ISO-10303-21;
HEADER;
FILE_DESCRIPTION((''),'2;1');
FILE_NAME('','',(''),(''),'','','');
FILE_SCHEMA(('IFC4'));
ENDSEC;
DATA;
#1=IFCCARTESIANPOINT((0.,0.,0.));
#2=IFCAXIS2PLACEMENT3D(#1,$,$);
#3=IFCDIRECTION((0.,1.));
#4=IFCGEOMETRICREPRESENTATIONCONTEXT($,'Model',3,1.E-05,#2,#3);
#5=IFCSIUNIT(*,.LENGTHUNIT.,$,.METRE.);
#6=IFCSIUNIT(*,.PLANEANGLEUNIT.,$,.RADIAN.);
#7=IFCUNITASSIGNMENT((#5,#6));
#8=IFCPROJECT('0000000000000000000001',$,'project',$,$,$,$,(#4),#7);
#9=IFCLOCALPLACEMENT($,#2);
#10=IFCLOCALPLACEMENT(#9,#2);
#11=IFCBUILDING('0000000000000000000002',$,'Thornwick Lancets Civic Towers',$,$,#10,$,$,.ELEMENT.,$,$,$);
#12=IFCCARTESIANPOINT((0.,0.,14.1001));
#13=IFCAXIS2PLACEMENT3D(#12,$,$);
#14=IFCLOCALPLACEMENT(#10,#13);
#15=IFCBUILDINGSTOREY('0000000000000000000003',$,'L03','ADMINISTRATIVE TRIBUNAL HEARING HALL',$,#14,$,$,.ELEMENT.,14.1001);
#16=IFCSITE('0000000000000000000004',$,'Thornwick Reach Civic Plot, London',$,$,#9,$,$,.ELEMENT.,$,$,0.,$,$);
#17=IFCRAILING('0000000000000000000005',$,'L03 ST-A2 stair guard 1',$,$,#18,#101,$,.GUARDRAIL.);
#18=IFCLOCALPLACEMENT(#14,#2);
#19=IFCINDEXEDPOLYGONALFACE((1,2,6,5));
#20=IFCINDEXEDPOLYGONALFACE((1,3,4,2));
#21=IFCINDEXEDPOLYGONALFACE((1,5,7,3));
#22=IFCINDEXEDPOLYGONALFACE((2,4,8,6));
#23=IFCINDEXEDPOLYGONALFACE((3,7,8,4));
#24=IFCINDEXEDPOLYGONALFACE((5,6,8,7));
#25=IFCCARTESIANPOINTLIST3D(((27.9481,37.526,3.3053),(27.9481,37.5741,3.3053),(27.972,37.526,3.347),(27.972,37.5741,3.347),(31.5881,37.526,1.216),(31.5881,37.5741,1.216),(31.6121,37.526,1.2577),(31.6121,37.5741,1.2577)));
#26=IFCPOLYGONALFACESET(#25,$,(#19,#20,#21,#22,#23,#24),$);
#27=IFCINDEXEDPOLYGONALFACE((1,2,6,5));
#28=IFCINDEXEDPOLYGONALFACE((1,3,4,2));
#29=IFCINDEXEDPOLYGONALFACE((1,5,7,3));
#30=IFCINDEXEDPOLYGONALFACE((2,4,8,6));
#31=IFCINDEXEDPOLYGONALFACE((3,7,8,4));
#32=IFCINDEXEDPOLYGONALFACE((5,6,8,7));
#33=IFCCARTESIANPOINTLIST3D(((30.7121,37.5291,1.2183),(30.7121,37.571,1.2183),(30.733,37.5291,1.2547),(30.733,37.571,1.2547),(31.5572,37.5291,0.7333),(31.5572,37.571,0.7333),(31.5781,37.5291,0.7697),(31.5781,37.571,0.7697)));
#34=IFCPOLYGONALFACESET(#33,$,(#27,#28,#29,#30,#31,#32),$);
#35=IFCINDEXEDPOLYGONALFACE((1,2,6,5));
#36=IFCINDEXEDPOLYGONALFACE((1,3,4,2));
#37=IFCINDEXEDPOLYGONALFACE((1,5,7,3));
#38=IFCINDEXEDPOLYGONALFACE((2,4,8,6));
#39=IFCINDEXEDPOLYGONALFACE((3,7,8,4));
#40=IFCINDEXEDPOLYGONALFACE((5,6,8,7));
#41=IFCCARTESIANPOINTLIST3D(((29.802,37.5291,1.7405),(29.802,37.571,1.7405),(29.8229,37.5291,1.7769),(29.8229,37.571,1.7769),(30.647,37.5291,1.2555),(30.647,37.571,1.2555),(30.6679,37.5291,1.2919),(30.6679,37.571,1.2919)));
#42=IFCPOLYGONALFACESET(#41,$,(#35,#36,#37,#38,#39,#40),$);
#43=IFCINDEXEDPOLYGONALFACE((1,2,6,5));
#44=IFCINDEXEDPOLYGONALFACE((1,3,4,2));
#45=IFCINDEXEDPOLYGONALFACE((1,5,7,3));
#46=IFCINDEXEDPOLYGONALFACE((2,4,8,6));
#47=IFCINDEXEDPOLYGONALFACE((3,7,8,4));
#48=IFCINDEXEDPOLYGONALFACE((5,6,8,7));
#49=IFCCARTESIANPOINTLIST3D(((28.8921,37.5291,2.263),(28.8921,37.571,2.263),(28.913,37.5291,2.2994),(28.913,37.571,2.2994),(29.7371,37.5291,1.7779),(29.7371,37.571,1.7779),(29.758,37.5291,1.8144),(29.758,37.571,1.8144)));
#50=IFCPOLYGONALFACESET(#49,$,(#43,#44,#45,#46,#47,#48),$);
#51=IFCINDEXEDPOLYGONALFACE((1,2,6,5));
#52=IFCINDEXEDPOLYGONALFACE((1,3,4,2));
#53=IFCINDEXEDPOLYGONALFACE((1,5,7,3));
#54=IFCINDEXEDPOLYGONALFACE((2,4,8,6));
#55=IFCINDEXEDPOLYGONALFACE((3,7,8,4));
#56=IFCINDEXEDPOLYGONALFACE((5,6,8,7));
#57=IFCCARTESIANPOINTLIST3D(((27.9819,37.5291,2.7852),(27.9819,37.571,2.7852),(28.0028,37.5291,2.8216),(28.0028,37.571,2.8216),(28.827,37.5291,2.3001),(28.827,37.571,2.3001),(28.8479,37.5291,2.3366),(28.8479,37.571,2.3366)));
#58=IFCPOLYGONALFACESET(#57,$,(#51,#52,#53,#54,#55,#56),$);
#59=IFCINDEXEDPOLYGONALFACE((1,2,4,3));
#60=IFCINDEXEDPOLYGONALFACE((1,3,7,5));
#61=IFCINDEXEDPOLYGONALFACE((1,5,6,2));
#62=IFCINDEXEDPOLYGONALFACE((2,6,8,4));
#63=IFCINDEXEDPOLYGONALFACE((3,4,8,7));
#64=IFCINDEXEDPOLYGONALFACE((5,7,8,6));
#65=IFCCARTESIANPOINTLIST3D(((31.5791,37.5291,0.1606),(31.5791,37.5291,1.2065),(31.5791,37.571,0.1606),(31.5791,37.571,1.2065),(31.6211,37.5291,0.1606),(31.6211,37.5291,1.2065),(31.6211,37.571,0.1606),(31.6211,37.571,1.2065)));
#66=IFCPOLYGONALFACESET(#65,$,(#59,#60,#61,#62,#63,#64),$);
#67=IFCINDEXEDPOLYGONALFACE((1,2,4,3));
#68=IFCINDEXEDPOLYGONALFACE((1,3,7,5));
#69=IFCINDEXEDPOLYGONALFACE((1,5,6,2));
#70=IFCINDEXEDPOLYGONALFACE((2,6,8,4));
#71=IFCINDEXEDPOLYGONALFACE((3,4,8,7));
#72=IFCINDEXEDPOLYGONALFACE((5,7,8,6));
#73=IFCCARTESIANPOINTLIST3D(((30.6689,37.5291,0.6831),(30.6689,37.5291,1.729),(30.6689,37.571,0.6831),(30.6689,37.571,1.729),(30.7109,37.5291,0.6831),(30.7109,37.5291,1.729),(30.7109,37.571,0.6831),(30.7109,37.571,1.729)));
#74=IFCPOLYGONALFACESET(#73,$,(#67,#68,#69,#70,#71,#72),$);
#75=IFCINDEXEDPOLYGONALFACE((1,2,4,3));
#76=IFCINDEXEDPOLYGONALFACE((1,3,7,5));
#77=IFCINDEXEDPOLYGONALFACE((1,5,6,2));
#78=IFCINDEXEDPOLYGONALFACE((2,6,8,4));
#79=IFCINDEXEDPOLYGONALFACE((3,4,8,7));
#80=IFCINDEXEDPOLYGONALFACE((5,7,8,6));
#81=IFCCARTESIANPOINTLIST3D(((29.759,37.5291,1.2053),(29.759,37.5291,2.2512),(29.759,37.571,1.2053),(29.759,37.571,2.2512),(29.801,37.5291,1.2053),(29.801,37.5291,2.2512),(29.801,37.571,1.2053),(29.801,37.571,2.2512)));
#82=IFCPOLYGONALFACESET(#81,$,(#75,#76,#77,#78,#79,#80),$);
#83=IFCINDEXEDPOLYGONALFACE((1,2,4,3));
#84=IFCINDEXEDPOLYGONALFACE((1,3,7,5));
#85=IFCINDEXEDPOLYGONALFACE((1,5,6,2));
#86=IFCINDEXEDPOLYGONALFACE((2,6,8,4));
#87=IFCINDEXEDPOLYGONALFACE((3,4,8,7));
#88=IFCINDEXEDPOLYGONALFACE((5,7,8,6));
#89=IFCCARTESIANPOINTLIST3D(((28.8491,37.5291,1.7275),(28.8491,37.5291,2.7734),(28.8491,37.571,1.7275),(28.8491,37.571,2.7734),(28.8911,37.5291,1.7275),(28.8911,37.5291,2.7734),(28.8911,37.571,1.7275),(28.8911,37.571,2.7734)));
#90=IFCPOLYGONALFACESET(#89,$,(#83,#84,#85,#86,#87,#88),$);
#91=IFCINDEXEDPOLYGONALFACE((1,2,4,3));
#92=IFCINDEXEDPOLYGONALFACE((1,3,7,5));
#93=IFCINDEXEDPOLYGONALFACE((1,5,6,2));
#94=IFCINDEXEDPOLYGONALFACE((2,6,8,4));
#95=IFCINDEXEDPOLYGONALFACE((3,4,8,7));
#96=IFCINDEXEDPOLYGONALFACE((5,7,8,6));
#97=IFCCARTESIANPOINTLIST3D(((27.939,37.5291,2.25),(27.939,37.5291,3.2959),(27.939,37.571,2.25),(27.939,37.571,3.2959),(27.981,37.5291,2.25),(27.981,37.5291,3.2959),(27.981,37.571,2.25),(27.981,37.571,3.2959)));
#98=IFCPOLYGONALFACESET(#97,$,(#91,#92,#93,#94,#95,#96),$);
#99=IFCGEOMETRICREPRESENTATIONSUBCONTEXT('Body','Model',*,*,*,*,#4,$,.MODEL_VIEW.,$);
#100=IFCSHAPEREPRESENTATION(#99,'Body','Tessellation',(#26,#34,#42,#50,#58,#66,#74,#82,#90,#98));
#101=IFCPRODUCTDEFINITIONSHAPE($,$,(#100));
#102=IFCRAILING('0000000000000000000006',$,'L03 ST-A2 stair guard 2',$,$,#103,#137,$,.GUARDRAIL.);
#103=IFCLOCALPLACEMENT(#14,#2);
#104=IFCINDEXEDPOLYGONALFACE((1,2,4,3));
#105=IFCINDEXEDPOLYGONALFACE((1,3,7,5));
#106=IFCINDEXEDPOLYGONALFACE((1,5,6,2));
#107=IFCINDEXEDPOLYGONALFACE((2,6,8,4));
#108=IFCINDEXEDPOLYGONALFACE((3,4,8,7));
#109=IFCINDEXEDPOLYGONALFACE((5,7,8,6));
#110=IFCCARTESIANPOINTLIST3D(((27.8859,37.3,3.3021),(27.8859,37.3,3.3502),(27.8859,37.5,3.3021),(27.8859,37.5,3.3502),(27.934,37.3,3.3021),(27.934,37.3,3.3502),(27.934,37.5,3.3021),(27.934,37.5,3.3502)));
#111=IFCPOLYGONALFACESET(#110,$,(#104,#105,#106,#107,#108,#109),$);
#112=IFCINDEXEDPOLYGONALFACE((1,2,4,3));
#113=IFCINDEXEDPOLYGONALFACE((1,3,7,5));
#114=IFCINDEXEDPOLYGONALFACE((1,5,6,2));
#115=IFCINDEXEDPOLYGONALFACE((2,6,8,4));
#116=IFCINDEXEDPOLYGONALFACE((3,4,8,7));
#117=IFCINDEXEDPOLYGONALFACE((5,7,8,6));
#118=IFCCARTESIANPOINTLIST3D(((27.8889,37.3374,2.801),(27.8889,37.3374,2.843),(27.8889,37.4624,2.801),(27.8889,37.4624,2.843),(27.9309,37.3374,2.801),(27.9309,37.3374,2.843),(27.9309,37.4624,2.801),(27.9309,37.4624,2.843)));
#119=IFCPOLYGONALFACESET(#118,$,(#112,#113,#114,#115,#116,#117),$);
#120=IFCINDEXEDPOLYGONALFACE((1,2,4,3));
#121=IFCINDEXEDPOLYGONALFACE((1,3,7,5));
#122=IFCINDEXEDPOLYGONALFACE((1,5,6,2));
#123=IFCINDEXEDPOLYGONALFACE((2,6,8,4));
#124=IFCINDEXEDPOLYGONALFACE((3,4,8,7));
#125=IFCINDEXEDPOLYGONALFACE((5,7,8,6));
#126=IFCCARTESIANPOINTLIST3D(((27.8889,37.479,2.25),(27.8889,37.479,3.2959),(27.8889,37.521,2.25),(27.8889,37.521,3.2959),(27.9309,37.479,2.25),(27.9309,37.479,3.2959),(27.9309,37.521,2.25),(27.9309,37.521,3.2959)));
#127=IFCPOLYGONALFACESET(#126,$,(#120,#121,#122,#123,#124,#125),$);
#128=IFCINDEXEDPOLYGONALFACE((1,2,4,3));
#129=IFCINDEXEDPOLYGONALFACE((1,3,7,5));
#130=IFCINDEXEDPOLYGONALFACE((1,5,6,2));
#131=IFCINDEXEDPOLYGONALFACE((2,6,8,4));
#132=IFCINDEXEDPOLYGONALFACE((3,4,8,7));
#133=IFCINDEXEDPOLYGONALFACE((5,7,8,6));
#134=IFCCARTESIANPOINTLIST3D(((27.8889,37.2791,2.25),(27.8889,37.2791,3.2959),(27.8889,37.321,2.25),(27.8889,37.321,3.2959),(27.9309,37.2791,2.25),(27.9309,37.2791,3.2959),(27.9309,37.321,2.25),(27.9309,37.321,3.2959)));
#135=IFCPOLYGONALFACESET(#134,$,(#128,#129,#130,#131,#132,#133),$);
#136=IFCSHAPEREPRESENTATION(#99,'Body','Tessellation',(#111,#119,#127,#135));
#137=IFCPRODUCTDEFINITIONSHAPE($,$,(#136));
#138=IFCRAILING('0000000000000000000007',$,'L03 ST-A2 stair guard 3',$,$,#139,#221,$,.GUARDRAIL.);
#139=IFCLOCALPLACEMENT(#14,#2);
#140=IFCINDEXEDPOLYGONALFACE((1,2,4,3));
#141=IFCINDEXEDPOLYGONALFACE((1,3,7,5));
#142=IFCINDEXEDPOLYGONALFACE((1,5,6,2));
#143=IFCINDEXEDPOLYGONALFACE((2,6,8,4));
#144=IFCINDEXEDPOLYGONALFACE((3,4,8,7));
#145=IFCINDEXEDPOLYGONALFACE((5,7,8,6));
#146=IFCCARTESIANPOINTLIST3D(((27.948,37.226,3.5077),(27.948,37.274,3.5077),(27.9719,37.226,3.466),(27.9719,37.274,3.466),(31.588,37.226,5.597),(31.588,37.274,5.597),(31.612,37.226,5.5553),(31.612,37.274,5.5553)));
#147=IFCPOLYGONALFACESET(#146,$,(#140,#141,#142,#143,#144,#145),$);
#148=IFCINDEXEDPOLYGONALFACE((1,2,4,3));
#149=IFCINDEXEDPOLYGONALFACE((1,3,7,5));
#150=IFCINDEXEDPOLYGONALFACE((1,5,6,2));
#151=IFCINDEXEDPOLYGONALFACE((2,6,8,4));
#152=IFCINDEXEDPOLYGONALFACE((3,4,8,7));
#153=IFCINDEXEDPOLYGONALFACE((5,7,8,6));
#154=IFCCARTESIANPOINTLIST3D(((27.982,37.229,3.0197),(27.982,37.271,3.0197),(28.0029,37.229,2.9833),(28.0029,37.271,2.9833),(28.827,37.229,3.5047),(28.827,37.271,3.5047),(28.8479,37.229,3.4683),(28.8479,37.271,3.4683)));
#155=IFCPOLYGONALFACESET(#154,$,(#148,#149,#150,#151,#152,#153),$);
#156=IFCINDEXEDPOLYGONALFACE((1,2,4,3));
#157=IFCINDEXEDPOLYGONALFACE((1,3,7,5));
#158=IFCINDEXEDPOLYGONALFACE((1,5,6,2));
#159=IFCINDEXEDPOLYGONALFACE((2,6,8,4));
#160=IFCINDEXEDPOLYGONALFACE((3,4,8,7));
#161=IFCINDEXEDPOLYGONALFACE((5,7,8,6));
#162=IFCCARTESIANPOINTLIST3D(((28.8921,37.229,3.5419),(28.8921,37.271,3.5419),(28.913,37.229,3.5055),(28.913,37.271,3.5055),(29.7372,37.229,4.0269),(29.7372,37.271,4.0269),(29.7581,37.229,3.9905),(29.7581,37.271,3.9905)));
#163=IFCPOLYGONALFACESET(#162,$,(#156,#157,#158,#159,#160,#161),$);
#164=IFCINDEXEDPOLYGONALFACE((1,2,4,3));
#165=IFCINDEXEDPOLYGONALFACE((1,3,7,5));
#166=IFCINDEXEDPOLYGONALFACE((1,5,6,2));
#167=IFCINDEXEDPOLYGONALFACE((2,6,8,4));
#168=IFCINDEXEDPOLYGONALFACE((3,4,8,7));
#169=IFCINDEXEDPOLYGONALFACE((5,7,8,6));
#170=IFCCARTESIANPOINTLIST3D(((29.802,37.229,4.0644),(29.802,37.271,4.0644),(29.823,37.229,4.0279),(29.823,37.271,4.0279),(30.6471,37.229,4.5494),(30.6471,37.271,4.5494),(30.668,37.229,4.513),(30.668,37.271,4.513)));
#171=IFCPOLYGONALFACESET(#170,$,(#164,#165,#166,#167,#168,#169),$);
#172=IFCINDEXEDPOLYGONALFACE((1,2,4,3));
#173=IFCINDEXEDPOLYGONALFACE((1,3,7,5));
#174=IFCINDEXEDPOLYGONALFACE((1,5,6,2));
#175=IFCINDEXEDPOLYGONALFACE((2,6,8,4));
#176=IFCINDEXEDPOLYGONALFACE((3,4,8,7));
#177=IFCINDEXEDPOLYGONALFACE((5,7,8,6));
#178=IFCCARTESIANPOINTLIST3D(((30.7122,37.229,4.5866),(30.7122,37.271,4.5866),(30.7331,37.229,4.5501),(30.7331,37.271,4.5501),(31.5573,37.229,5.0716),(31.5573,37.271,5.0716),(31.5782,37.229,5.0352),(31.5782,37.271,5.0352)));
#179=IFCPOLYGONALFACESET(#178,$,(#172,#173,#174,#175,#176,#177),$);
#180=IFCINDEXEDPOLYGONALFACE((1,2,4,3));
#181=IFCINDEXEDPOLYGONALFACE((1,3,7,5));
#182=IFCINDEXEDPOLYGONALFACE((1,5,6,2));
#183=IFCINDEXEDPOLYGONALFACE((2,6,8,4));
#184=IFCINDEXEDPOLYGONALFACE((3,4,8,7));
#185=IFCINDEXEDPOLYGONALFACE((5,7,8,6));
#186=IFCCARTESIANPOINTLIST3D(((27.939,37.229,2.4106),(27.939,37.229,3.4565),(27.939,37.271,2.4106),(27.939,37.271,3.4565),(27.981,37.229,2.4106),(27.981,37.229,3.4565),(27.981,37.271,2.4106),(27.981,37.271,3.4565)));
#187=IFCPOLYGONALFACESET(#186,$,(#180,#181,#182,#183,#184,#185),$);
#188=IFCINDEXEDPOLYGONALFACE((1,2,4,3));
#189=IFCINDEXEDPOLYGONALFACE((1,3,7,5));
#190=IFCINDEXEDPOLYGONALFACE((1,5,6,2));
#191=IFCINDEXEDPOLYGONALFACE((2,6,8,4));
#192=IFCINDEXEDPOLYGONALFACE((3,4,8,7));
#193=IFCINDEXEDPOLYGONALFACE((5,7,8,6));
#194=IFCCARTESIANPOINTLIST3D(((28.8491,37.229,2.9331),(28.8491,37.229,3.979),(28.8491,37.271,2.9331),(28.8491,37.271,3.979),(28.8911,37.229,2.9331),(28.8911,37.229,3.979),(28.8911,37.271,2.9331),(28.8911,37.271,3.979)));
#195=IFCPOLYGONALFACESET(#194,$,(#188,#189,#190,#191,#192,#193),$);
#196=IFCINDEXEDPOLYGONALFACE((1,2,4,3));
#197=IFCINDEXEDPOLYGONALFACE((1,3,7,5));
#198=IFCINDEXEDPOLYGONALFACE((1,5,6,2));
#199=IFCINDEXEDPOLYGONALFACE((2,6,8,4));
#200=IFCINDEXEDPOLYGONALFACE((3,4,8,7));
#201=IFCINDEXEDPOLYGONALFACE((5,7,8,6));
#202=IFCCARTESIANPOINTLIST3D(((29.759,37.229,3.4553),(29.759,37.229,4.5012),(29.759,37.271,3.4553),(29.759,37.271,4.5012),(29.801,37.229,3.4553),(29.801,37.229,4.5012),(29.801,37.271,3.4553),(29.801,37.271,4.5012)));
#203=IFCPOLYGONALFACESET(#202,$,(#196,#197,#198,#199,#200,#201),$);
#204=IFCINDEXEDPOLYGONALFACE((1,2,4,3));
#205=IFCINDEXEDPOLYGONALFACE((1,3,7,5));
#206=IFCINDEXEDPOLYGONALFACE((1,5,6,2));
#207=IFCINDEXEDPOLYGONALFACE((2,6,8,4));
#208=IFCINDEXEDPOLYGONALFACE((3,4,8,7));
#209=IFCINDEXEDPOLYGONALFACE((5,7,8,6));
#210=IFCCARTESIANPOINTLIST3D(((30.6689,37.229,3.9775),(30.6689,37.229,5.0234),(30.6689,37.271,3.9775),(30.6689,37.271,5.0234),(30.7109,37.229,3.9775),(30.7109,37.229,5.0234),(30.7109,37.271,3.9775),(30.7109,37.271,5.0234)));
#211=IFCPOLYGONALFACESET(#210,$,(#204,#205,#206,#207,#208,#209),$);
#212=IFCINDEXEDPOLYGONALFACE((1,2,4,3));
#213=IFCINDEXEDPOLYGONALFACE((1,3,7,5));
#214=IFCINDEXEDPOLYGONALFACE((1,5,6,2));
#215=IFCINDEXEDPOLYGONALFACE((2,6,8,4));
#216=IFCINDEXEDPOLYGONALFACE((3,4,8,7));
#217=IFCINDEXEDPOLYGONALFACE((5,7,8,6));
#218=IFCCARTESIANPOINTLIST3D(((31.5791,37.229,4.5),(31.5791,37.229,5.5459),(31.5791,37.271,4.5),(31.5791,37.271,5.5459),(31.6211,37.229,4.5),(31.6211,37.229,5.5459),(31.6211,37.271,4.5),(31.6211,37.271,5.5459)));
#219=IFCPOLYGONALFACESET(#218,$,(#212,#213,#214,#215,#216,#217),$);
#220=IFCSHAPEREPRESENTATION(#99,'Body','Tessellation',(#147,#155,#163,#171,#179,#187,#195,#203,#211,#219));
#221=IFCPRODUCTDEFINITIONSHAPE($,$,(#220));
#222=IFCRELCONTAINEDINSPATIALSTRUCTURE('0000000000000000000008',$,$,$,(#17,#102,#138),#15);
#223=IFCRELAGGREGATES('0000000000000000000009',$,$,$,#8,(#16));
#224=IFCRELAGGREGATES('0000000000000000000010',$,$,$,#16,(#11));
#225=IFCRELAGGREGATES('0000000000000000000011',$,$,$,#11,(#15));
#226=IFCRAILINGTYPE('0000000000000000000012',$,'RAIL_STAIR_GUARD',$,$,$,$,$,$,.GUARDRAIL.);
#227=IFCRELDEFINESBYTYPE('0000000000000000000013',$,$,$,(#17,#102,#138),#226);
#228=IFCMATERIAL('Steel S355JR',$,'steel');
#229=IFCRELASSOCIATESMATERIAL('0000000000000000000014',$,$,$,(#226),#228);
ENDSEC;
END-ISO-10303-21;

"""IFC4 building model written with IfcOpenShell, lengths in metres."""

from ifc_helpers import new_model, si_unit, direction, frame, origin, origin_2d, place, context, subcontext, project, spatial, rectangle, extrude, material, type_object, element, save


model = new_model("IFC4")

# Units and contexts
model_context = context("Model", 3, precision=1e-05, world=origin(), true_north=direction((0.0, 1.0)))
body_context = subcontext(model_context, "Body", "Model", "MODEL_VIEW")
ifc_project = project(units=[si_unit("LENGTHUNIT", "METRE"), si_unit("PLANEANGLEUNIT", "RADIAN")], contexts=[model_context])

# Site, building, storey
site_placement = place(None, origin())
site = spatial("IfcSite", under=ifc_project, at=site_placement, Name="Thornwick Reach Civic Plot, London", CompositionType="ELEMENT", RefElevation=0.0)
building_placement = place(site_placement, origin())
building = spatial("IfcBuilding", under=site, at=building_placement, Name="Thornwick Lancets Civic Towers", CompositionType="ELEMENT")
storey_placement = place(building_placement, frame((0.0, 0.0, 14.1001)))
storey = spatial("IfcBuildingStorey", under=building, at=storey_placement, Name="L03", Description="ADMINISTRATIVE TRIBUNAL HEARING HALL", CompositionType="ELEMENT", Elevation=14.1001)

# Railings
ifc_material_1 = material(Name="Steel S355JR", Category="steel")
railing_type_1 = type_object("IfcRailingType", Name="RAIL_STAIR_GUARD", PredefinedType="GUARDRAIL", material=ifc_material_1)
railing_1_placement = place(storey_placement, frame((31.6001, 37.55, 0.1606)))
element("IfcRailing", 1, at=railing_1_placement, inside=storey, type_object=railing_type_1, Name="L03 ST-A2 stair guard 1", PredefinedType="GUARDRAIL", context=body_context, shape_type="SweptSolid", body=[
    extrude(rectangle(XDim=0.0481, YDim=0.0481, at=origin_2d()), frame((0.0, 0.0, 1.0762), z_axis=(-0.867289, 0.0, 0.497804), x_axis=(0.0, -1.0, 0.0)), (0.0, 0.0, 1.0), 4.197),
    extrude(rectangle(XDim=0.042, YDim=0.042, at=origin_2d()), frame((-0.0325, 0.0, 0.5908), z_axis=(-0.867289, 0.0, 0.497804), x_axis=(0.0, -1.0, 0.0)), (0.0, 0.0, 1.0), 0.9744),
    extrude(rectangle(XDim=0.042, YDim=0.042, at=origin_2d()), frame((-0.9426, 0.0, 1.113), z_axis=(-0.867289, 0.0, 0.497804), x_axis=(0.0, -1.0, 0.0)), (0.0, 0.0, 1.0), 0.9744),
    extrude(rectangle(XDim=0.042, YDim=0.042, at=origin_2d()), frame((-1.8525, 0.0, 1.6355), z_axis=(-0.867289, 0.0, 0.497804), x_axis=(0.0, -1.0, 0.0)), (0.0, 0.0, 1.0), 0.9744),
    extrude(rectangle(XDim=0.042, YDim=0.042, at=origin_2d()), frame((-2.7627, 0.0, 2.1577), z_axis=(-0.867289, 0.0, 0.497804), x_axis=(0.0, -1.0, 0.0)), (0.0, 0.0, 1.0), 0.9744),
    extrude(rectangle(XDim=0.042, YDim=0.042, at=origin_2d()), origin(), (0.0, 0.0, 1.0), 1.0459),
    extrude(rectangle(XDim=0.042, YDim=0.042, at=origin_2d()), frame((-0.9102, 0.0, 0.5225)), (0.0, 0.0, 1.0), 1.0459),
    extrude(rectangle(XDim=0.042, YDim=0.042, at=origin_2d()), frame((-1.8201, 0.0, 1.0447)), (0.0, 0.0, 1.0), 1.0459),
    extrude(rectangle(XDim=0.042, YDim=0.042, at=origin_2d()), frame((-2.73, 0.0, 1.5669)), (0.0, 0.0, 1.0), 1.0459),
    extrude(rectangle(XDim=0.042, YDim=0.042, at=origin_2d()), frame((-3.6401, 0.0, 2.0894)), (0.0, 0.0, 1.0), 1.0459),
])
railing_2_placement = place(storey_placement, frame((27.9099, 37.5, 2.25)))
element("IfcRailing", 2, at=railing_2_placement, inside=storey, type_object=railing_type_1, Name="L03 ST-A2 stair guard 2", PredefinedType="GUARDRAIL", context=body_context, shape_type="SweptSolid", body=[
    extrude(rectangle(XDim=0.0481, YDim=0.0481, at=origin_2d()), frame((0.0, 0.0, 1.0762), z_axis=(0.0, -1.0, 0.0), x_axis=(1.0, 0.0, 0.0)), (0.0, 0.0, 1.0), 0.2),
    extrude(rectangle(XDim=0.042, YDim=0.042, at=origin_2d()), frame((0.0, -0.0376, 0.572), z_axis=(0.0, -1.0, 0.0), x_axis=(1.0, 0.0, 0.0)), (0.0, 0.0, 1.0), 0.125),
    extrude(rectangle(XDim=0.042, YDim=0.042, at=origin_2d()), origin(), (0.0, 0.0, 1.0), 1.0459),
    extrude(rectangle(XDim=0.042, YDim=0.042, at=origin_2d()), frame((0.0, -0.2, 0.0)), (0.0, 0.0, 1.0), 1.0459),
])
railing_3_placement = place(storey_placement, frame((27.96, 37.25, 2.4106)))
element("IfcRailing", 3, at=railing_3_placement, inside=storey, type_object=railing_type_1, Name="L03 ST-A2 stair guard 3", PredefinedType="GUARDRAIL", context=body_context, shape_type="SweptSolid", body=[
    extrude(rectangle(XDim=0.0481, YDim=0.0481, at=origin_2d()), frame((0.0, 0.0, 1.0762), z_axis=(0.867289, 0.0, 0.497804), x_axis=(0.0, 1.0, 0.0)), (0.0, 0.0, 1.0), 4.197),
    extrude(rectangle(XDim=0.042, YDim=0.042, at=origin_2d()), frame((0.0325, 0.0, 0.5908), z_axis=(0.867289, 0.0, 0.497804), x_axis=(0.0, 1.0, 0.0)), (0.0, 0.0, 1.0), 0.9744),
    extrude(rectangle(XDim=0.042, YDim=0.042, at=origin_2d()), frame((0.9426, 0.0, 1.113), z_axis=(0.867289, 0.0, 0.497804), x_axis=(0.0, 1.0, 0.0)), (0.0, 0.0, 1.0), 0.9744),
    extrude(rectangle(XDim=0.042, YDim=0.042, at=origin_2d()), frame((1.8525, 0.0, 1.6355), z_axis=(0.867289, 0.0, 0.497804), x_axis=(0.0, 1.0, 0.0)), (0.0, 0.0, 1.0), 0.9744),
    extrude(rectangle(XDim=0.042, YDim=0.042, at=origin_2d()), frame((2.7627, 0.0, 2.1577), z_axis=(0.867289, 0.0, 0.497804), x_axis=(0.0, 1.0, 0.0)), (0.0, 0.0, 1.0), 0.9744),
    extrude(rectangle(XDim=0.042, YDim=0.042, at=origin_2d()), origin(), (0.0, 0.0, 1.0), 1.0459),
    extrude(rectangle(XDim=0.042, YDim=0.042, at=origin_2d()), frame((0.9102, 0.0, 0.5225)), (0.0, 0.0, 1.0), 1.0459),
    extrude(rectangle(XDim=0.042, YDim=0.042, at=origin_2d()), frame((1.8201, 0.0, 1.0447)), (0.0, 0.0, 1.0), 1.0459),
    extrude(rectangle(XDim=0.042, YDim=0.042, at=origin_2d()), frame((2.73, 0.0, 1.5669)), (0.0, 0.0, 1.0), 1.0459),
    extrude(rectangle(XDim=0.042, YDim=0.042, at=origin_2d()), frame((3.6401, 0.0, 2.0894)), (0.0, 0.0, 1.0), 1.0459),
])

save(model, "model.ifc")
